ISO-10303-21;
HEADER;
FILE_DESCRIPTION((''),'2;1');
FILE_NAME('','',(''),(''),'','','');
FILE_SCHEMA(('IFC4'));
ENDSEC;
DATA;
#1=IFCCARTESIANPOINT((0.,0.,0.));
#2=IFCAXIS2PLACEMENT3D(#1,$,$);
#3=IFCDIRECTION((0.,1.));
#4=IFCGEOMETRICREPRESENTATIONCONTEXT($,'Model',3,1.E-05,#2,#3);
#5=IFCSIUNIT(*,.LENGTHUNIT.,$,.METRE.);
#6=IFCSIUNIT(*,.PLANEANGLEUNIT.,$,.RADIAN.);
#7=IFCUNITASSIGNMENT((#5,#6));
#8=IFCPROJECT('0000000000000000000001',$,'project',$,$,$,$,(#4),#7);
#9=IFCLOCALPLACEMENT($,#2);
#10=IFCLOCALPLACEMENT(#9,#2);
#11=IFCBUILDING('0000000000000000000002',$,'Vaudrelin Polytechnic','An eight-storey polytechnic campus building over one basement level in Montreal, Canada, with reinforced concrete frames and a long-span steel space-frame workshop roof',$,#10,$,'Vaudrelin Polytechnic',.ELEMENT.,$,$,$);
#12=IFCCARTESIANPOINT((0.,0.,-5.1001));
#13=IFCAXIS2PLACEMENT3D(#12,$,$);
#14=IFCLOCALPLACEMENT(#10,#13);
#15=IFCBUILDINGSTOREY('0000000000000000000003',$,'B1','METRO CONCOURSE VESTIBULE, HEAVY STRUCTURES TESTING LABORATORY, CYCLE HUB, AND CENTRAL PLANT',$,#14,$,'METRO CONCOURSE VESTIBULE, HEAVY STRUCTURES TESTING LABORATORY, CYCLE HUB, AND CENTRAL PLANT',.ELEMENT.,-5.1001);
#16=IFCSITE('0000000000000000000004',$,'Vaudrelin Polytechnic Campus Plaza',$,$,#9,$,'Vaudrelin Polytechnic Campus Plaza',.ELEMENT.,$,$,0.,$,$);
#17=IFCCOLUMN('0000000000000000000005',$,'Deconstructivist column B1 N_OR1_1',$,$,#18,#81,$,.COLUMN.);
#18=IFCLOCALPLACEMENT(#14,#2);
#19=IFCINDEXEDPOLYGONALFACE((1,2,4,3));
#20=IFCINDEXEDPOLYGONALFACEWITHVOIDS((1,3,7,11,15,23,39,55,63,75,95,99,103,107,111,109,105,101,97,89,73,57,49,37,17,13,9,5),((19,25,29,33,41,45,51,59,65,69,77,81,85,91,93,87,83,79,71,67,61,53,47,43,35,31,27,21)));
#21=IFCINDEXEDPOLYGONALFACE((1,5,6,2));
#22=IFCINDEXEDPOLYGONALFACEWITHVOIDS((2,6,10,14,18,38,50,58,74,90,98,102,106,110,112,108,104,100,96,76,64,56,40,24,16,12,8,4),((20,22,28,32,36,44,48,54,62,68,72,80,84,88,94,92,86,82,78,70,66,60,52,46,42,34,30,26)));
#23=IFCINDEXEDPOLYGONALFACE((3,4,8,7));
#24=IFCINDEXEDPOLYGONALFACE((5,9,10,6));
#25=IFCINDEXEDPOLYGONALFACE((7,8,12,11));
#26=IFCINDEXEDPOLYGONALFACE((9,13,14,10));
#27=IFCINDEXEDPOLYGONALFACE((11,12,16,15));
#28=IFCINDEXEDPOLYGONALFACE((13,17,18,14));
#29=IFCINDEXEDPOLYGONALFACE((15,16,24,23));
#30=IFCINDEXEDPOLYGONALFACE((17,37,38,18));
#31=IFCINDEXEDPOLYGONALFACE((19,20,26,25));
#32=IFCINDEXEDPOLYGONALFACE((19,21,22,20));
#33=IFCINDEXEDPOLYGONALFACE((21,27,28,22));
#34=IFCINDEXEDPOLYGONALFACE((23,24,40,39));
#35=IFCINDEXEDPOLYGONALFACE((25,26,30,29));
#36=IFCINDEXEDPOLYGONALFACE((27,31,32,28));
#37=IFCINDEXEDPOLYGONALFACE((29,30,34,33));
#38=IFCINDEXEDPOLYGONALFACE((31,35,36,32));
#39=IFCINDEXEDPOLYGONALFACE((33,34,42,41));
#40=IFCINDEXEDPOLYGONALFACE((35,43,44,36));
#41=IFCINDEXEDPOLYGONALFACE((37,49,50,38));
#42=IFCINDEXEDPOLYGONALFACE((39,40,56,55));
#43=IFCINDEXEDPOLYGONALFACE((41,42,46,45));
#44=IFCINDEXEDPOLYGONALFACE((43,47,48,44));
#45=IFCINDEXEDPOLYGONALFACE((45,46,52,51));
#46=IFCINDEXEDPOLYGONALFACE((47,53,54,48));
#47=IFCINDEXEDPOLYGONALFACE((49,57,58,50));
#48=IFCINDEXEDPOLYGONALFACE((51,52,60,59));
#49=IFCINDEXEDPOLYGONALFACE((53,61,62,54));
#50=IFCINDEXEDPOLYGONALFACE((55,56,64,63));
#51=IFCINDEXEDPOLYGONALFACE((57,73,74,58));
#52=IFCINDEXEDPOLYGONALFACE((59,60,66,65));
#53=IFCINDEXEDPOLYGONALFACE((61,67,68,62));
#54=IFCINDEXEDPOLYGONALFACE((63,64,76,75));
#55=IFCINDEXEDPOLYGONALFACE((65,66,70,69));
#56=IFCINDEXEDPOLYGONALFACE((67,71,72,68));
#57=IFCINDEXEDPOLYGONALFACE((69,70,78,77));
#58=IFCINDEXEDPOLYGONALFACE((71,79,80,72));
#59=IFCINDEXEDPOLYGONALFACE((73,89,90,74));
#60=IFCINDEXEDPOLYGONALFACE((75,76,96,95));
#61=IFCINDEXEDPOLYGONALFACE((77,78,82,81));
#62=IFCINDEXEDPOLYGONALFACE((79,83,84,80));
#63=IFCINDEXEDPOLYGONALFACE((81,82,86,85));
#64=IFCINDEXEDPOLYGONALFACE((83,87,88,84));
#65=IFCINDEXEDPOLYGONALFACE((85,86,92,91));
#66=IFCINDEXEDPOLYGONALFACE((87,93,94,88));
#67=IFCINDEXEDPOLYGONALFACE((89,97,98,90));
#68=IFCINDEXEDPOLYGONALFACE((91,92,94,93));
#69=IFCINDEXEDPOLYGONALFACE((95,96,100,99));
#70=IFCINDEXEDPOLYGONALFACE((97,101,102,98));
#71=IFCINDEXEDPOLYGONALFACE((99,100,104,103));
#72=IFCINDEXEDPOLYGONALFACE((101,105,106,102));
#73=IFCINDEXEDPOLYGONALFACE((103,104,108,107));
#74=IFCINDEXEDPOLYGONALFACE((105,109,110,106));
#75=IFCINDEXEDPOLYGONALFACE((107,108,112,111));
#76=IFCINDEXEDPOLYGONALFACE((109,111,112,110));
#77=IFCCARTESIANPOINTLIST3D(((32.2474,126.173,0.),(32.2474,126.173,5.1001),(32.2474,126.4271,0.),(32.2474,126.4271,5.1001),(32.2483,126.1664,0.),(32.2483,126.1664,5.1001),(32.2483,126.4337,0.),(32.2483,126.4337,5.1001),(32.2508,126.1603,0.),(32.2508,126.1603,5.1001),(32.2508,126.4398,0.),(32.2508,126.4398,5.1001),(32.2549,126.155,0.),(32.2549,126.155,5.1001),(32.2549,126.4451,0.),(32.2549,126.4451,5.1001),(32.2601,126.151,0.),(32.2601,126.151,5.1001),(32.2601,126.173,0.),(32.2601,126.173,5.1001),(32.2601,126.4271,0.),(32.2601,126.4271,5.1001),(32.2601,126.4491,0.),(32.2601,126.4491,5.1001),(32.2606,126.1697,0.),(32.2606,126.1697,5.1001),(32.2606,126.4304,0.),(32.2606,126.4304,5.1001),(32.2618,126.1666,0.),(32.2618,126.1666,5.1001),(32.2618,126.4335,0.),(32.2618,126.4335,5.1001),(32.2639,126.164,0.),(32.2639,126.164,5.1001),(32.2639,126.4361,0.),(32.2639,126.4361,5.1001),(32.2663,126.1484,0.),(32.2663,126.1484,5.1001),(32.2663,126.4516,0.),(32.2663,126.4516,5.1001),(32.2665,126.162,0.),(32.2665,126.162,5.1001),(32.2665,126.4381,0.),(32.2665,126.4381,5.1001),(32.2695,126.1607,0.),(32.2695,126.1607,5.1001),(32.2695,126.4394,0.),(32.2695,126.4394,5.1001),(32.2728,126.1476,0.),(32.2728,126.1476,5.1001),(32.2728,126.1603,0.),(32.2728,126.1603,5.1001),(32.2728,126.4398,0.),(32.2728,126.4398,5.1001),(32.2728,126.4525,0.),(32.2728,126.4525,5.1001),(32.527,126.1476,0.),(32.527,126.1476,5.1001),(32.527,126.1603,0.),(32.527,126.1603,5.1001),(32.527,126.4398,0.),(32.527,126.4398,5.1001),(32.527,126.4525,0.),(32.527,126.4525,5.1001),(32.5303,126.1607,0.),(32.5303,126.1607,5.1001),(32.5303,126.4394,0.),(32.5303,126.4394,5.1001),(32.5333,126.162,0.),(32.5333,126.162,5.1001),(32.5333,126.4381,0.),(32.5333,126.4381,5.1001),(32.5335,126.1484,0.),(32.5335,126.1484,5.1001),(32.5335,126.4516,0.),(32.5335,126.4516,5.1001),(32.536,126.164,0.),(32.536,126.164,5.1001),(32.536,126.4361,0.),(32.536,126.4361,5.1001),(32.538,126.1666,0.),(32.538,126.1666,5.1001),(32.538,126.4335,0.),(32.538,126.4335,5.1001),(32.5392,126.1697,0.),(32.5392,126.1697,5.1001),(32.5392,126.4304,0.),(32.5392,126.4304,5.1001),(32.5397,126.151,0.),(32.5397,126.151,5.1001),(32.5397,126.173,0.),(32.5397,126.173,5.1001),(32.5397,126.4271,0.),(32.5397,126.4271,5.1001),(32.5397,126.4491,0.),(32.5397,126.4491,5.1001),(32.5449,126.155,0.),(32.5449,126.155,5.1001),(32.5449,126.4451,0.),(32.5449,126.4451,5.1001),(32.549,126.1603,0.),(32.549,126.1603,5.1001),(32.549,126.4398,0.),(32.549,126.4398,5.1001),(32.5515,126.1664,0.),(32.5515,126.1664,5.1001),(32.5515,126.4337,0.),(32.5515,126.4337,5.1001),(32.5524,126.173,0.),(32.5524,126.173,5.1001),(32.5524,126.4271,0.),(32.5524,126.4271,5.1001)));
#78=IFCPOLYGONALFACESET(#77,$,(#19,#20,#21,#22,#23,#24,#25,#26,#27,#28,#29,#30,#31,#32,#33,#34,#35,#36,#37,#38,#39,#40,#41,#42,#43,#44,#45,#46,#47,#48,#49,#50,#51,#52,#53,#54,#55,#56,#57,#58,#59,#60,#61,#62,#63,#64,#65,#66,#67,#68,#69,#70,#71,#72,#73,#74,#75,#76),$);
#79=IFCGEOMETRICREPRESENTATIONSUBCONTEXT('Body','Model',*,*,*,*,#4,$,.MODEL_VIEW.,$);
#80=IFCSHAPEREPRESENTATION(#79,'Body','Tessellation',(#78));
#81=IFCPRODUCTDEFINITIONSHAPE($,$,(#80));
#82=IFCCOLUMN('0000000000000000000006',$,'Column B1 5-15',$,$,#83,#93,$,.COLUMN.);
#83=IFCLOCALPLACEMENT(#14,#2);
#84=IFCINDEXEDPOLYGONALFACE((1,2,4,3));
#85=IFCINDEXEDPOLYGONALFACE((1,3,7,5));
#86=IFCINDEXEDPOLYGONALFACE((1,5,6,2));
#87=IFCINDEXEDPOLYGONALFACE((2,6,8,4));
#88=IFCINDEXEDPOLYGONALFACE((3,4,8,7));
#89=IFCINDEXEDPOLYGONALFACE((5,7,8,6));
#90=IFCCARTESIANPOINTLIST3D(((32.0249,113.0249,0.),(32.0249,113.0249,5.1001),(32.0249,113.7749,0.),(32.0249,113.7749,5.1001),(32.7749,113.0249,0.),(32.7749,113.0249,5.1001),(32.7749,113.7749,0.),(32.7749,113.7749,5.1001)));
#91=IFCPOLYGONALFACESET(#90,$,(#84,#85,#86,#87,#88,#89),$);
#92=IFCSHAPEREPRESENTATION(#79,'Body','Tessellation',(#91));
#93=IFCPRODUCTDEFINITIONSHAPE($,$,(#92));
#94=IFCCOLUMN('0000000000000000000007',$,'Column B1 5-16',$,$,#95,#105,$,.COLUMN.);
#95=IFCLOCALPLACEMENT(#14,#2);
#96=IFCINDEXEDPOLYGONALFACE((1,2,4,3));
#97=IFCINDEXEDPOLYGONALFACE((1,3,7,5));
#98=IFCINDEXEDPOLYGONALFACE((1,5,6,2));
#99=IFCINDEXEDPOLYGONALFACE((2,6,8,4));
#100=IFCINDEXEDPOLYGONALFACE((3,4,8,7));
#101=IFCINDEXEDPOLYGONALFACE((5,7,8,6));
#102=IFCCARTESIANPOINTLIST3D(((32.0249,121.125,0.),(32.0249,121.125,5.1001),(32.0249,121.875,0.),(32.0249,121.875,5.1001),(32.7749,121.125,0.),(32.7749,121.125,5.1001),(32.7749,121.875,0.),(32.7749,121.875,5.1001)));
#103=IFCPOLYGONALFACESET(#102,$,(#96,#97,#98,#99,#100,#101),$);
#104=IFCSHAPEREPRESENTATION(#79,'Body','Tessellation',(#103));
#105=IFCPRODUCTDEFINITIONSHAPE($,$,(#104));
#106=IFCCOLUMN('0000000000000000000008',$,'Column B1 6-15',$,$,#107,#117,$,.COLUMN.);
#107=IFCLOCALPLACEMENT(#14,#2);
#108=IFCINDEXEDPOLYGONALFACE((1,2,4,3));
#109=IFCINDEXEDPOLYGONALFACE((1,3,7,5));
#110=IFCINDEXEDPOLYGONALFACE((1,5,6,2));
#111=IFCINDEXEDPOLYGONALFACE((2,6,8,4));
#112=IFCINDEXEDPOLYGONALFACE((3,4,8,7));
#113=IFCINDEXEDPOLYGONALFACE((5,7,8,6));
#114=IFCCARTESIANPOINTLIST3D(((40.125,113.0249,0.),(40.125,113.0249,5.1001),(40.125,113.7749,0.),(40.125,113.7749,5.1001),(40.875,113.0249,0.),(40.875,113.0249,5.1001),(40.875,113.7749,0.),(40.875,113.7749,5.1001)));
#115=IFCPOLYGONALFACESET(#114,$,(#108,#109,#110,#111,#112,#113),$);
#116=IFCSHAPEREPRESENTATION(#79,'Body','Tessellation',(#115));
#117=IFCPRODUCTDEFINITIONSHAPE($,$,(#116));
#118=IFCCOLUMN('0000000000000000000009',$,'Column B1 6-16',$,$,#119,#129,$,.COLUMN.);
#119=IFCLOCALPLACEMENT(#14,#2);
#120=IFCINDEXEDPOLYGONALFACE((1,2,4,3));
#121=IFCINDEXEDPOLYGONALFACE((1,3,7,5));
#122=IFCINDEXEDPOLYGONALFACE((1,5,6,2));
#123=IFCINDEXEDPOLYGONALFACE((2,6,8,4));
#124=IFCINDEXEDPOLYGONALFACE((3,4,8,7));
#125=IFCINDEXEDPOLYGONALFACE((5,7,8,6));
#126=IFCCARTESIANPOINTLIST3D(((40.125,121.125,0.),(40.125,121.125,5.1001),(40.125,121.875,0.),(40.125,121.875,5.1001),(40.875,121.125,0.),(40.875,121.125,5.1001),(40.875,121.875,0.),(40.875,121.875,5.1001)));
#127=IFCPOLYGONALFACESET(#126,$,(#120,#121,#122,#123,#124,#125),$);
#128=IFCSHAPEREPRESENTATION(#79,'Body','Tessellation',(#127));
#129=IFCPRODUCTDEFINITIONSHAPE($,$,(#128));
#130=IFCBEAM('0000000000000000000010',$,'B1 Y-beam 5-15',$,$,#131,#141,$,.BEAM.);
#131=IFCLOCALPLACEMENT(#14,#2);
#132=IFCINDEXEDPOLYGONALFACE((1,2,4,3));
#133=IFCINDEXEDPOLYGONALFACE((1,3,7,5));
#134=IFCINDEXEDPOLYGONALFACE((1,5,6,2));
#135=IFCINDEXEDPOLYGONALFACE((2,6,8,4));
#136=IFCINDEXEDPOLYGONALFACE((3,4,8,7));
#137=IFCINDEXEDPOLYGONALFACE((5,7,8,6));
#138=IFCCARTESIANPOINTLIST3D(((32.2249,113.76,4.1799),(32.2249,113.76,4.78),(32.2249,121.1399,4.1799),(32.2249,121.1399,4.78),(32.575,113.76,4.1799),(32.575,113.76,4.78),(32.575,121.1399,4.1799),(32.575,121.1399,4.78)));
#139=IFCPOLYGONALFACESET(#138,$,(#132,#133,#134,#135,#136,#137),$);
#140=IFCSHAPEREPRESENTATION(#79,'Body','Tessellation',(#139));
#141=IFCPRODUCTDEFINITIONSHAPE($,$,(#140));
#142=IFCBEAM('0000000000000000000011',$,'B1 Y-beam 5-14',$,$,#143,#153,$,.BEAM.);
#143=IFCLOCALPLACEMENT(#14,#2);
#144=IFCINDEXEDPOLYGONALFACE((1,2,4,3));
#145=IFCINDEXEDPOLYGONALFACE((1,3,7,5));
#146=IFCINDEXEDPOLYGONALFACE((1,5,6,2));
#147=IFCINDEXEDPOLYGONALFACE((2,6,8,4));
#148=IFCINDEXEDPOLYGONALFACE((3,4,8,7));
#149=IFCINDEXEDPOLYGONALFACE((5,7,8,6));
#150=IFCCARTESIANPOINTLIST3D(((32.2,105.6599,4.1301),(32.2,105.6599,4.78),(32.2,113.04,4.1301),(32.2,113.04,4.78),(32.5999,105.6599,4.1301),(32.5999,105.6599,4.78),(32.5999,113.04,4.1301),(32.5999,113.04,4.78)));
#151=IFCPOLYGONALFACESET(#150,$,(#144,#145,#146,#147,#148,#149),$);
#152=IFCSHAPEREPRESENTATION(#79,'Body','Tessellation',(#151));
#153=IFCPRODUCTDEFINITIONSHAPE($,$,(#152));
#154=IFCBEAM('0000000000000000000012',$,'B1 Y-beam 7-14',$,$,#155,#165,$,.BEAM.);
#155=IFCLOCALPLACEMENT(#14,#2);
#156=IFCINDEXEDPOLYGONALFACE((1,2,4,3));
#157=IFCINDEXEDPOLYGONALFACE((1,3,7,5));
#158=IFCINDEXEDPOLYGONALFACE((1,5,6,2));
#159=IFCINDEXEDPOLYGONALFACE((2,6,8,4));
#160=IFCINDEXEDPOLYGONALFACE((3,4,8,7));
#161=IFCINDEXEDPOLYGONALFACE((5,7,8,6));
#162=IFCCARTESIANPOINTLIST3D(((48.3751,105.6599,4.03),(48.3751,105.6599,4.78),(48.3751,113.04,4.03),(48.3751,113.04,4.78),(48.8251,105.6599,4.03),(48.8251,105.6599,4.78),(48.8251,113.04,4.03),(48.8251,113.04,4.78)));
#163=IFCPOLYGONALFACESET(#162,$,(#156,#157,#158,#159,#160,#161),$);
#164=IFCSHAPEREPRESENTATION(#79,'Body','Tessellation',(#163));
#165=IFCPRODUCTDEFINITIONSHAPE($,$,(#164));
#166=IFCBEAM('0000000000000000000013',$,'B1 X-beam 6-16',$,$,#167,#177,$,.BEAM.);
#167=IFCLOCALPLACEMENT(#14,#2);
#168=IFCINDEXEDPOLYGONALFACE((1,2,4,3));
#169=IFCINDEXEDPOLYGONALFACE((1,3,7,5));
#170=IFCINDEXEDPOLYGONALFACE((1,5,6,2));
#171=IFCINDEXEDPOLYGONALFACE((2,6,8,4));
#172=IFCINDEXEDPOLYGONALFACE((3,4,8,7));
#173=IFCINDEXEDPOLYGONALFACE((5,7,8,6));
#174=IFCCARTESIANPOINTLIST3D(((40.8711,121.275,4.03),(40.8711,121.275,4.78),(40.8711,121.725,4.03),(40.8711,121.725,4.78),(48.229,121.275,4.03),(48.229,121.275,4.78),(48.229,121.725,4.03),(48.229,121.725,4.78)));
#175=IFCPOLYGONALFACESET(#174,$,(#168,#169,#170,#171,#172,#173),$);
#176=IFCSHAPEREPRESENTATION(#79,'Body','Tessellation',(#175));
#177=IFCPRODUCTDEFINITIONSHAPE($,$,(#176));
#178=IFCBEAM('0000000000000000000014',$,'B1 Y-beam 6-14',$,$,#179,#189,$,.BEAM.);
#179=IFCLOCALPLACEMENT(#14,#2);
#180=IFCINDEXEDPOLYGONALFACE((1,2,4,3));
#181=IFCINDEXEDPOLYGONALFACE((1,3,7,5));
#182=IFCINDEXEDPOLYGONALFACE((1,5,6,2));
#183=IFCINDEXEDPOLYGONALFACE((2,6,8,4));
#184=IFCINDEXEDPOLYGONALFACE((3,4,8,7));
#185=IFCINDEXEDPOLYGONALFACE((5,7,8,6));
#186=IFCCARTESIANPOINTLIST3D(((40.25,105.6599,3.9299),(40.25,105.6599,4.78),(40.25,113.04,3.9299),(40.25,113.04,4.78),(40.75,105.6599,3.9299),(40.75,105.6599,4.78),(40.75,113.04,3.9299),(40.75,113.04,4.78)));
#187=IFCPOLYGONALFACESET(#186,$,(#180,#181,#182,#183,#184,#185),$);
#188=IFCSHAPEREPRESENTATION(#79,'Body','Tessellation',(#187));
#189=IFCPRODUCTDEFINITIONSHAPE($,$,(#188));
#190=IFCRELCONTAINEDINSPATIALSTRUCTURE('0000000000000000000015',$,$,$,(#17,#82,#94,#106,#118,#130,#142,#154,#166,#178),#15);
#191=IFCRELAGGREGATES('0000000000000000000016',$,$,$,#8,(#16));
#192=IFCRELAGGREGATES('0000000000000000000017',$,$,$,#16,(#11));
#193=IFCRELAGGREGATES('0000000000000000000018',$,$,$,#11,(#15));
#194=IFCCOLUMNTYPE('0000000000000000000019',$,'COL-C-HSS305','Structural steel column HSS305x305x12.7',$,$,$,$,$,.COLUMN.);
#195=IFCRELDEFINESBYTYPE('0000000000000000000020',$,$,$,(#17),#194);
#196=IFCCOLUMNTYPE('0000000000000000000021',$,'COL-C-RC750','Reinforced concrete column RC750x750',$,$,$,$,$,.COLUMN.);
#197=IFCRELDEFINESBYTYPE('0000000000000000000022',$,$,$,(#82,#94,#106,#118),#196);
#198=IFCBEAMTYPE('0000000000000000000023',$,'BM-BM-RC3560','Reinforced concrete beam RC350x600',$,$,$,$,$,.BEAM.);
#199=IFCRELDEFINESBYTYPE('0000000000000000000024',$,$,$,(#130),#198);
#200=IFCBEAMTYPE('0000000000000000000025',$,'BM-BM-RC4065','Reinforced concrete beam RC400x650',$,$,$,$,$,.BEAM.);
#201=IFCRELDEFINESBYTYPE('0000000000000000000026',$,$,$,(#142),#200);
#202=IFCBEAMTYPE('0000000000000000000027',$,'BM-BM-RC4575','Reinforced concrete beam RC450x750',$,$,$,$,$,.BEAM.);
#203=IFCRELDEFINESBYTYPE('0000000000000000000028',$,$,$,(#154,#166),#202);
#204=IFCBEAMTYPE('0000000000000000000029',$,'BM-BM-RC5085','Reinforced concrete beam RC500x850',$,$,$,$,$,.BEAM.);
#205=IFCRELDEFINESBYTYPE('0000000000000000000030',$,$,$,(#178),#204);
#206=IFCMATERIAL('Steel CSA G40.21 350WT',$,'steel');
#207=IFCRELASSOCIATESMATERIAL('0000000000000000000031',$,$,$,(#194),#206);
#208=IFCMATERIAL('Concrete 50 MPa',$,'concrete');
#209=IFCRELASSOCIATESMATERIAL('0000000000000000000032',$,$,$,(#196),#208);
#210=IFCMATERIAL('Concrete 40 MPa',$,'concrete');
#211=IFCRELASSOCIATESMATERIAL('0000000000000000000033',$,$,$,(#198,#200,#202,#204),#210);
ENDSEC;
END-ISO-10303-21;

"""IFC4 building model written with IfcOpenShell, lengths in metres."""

from ifc_helpers import new_model, si_unit, direction, frame, origin, origin_2d, place, context, subcontext, project, spatial, rectangle, hollow_rectangle, extrude, material, material_profile, profile_set, type_object, element, save


model = new_model("IFC4")

# Units and contexts
model_context = context("Model", 3, precision=1e-05, world=origin(), true_north=direction((0.0, 1.0)))
body_context = subcontext(model_context, "Body", "Model", "MODEL_VIEW")
ifc_project = project(units=[si_unit("LENGTHUNIT", "METRE"), si_unit("PLANEANGLEUNIT", "RADIAN")], contexts=[model_context])

# Site, building, storey
site_placement = place(None, origin())
site = spatial("IfcSite", under=ifc_project, at=site_placement, Name="Vaudrelin Polytechnic Campus Plaza", LongName="Vaudrelin Polytechnic Campus Plaza", CompositionType="ELEMENT", RefElevation=0.0)
building_placement = place(site_placement, origin())
building = spatial("IfcBuilding", under=site, at=building_placement, Name="Vaudrelin Polytechnic", Description="An eight-storey polytechnic campus building over one basement level in Montreal, Canada, with reinforced concrete frames and a long-span steel space-frame workshop roof", LongName="Vaudrelin Polytechnic", CompositionType="ELEMENT")
storey_placement = place(building_placement, frame((0.0, 0.0, -5.1001)))
storey = spatial("IfcBuildingStorey", under=building, at=storey_placement, Name="B1", Description="METRO CONCOURSE VESTIBULE, HEAVY STRUCTURES TESTING LABORATORY, CYCLE HUB, AND CENTRAL PLANT", LongName="METRO CONCOURSE VESTIBULE, HEAVY STRUCTURES TESTING LABORATORY, CYCLE HUB, AND CENTRAL PLANT", CompositionType="ELEMENT", Elevation=-5.1001)

# Shared definitions
ifc_material_1 = material(Name="Concrete 40 MPa", Category="concrete")

# Columns
ifc_material_2 = material(Name="Steel CSA G40.21 350WT", Category="steel")
ifc_material_profile_1 = material_profile(ifc_material_2, hollow_rectangle(XDim=0.3049, YDim=0.3049, WallThickness=0.0127, InnerFilletRadius=0.0127, OuterFilletRadius=0.0254, at=origin_2d()), Name="HSS305x305x12.7")
ifc_profile_set_1 = profile_set([ifc_material_profile_1], Name="Steel CSA G40.21 350WT")
column_type_1 = type_object("IfcColumnType", Name="COL-C-HSS305", Description="Structural steel column HSS305x305x12.7", PredefinedType="COLUMN", material=ifc_profile_set_1)
column_placement = place(storey_placement, frame((32.3999, 126.3, 0.0), z_axis=(0.0, 0.0, 1.0), x_axis=(1.0, 0.0, 0.0)))
element("IfcColumn", 1, at=column_placement, inside=storey, type_object=column_type_1, Name="Deconstructivist column B1 N_OR1_1", PredefinedType="COLUMN", context=body_context, shape_type="SweptSolid", body=[
    extrude(hollow_rectangle(XDim=0.3049, YDim=0.3049, WallThickness=0.0127, InnerFilletRadius=0.0127, OuterFilletRadius=0.0254, at=origin_2d()), origin(), (0.0, 0.0, 1.0), 5.1001),
])
ifc_material_3 = material(Name="Concrete 50 MPa", Category="concrete")
ifc_material_profile_2 = material_profile(ifc_material_3, rectangle(XDim=0.75, YDim=0.75, at=origin_2d()), Name="RC750x750")
ifc_profile_set_2 = profile_set([ifc_material_profile_2], Name="Concrete 50 MPa")
column_type_2 = type_object("IfcColumnType", Name="COL-C-RC750", Description="Reinforced concrete column RC750x750", PredefinedType="COLUMN", material=ifc_profile_set_2)
for number, where, z_axis, x_axis, name in (
    (2, (32.3999, 113.3999, 0.0), (0.0, 0.0, 1.0), (1.0, 0.0, 0.0), "Column B1 5-15"),
    (3, (32.3999, 121.5, 0.0), (0.0, 0.0, 1.0), (1.0, 0.0, 0.0), "Column B1 5-16"),
    (4, (40.5, 113.3999, 0.0), (0.0, 0.0, 1.0), (1.0, 0.0, 0.0), "Column B1 6-15"),
    (5, (40.5, 121.5, 0.0), (0.0, 0.0, 1.0), (1.0, 0.0, 0.0), "Column B1 6-16"),
):
    element("IfcColumn", number, at=place(storey_placement, frame(where, z_axis=z_axis, x_axis=x_axis)), inside=storey, type_object=column_type_2, Name=name, PredefinedType="COLUMN", context=body_context, shape_type="SweptSolid", body=[
        extrude(rectangle(XDim=0.75, YDim=0.75, at=origin_2d()), origin(), (0.0, 0.0, 1.0), 5.1001),
    ])

# Beams
ifc_material_profile_3 = material_profile(ifc_material_1, rectangle(XDim=0.3501, YDim=0.6001, at=origin_2d()), Name="RC350x600")
ifc_profile_set_3 = profile_set([ifc_material_profile_3], Name="Concrete 40 MPa")
beam_type_1 = type_object("IfcBeamType", Name="BM-BM-RC3560", Description="Reinforced concrete beam RC350x600", PredefinedType="BEAM", material=ifc_profile_set_3)
beam_1_placement = place(storey_placement, frame((32.3999, 113.76, 4.48), z_axis=(0.0, 1.0, 0.0), x_axis=(-1.0, 0.0, 0.0)))
element("IfcBeam", 6, at=beam_1_placement, inside=storey, type_object=beam_type_1, Name="B1 Y-beam 5-15", PredefinedType="BEAM", context=body_context, shape_type="SweptSolid", body=[
    extrude(rectangle(XDim=0.3501, YDim=0.6001, at=origin_2d()), origin(), (0.0, 0.0, 1.0), 7.3799),
])
ifc_material_profile_4 = material_profile(ifc_material_1, rectangle(XDim=0.3999, YDim=0.6499, at=origin_2d()), Name="RC400x650")
ifc_profile_set_4 = profile_set([ifc_material_profile_4], Name="Concrete 40 MPa")
beam_type_2 = type_object("IfcBeamType", Name="BM-BM-RC4065", Description="Reinforced concrete beam RC400x650", PredefinedType="BEAM", material=ifc_profile_set_4)
beam_2_placement = place(storey_placement, frame((32.3999, 105.6599, 4.4551), z_axis=(0.0, 1.0, 0.0), x_axis=(-1.0, 0.0, 0.0)))
element("IfcBeam", 7, at=beam_2_placement, inside=storey, type_object=beam_type_2, Name="B1 Y-beam 5-14", PredefinedType="BEAM", context=body_context, shape_type="SweptSolid", body=[
    extrude(rectangle(XDim=0.3999, YDim=0.6499, at=origin_2d()), origin(), (0.0, 0.0, 1.0), 7.3801),
])
ifc_material_profile_5 = material_profile(ifc_material_1, rectangle(XDim=0.45, YDim=0.75, at=origin_2d()), Name="RC450x750")
ifc_profile_set_5 = profile_set([ifc_material_profile_5], Name="Concrete 40 MPa")
beam_type_3 = type_object("IfcBeamType", Name="BM-BM-RC4575", Description="Reinforced concrete beam RC450x750", PredefinedType="BEAM", material=ifc_profile_set_5)
beam_3_placement = place(storey_placement, frame((48.6001, 105.6599, 4.405), z_axis=(0.0, 1.0, 0.0), x_axis=(-1.0, 0.0, 0.0)))
element("IfcBeam", 8, at=beam_3_placement, inside=storey, type_object=beam_type_3, Name="B1 Y-beam 7-14", PredefinedType="BEAM", context=body_context, shape_type="SweptSolid", body=[
    extrude(rectangle(XDim=0.45, YDim=0.75, at=origin_2d()), origin(), (0.0, 0.0, 1.0), 7.3801),
])
beam_4_placement = place(storey_placement, frame((40.8711, 121.5, 4.405), z_axis=(1.0, 0.0, 0.0), x_axis=(0.0, 1.0, 0.0)))
element("IfcBeam", 9, at=beam_4_placement, inside=storey, type_object=beam_type_3, Name="B1 X-beam 6-16", PredefinedType="BEAM", context=body_context, shape_type="SweptSolid", body=[
    extrude(rectangle(XDim=0.45, YDim=0.75, at=origin_2d()), origin(), (0.0, 0.0, 1.0), 7.3579),
])
ifc_material_profile_6 = material_profile(ifc_material_1, rectangle(XDim=0.5, YDim=0.8501, at=origin_2d()), Name="RC500x850")
ifc_profile_set_6 = profile_set([ifc_material_profile_6], Name="Concrete 40 MPa")
beam_type_4 = type_object("IfcBeamType", Name="BM-BM-RC5085", Description="Reinforced concrete beam RC500x850", PredefinedType="BEAM", material=ifc_profile_set_6)
beam_5_placement = place(storey_placement, frame((40.5, 105.6599, 4.355), z_axis=(0.0, 1.0, 0.0), x_axis=(-1.0, 0.0, 0.0)))
element("IfcBeam", 10, at=beam_5_placement, inside=storey, type_object=beam_type_4, Name="B1 Y-beam 6-14", PredefinedType="BEAM", context=body_context, shape_type="SweptSolid", body=[
    extrude(rectangle(XDim=0.5, YDim=0.8501, at=origin_2d()), origin(), (0.0, 0.0, 1.0), 7.3801),
])

save(model, "model.ifc")
